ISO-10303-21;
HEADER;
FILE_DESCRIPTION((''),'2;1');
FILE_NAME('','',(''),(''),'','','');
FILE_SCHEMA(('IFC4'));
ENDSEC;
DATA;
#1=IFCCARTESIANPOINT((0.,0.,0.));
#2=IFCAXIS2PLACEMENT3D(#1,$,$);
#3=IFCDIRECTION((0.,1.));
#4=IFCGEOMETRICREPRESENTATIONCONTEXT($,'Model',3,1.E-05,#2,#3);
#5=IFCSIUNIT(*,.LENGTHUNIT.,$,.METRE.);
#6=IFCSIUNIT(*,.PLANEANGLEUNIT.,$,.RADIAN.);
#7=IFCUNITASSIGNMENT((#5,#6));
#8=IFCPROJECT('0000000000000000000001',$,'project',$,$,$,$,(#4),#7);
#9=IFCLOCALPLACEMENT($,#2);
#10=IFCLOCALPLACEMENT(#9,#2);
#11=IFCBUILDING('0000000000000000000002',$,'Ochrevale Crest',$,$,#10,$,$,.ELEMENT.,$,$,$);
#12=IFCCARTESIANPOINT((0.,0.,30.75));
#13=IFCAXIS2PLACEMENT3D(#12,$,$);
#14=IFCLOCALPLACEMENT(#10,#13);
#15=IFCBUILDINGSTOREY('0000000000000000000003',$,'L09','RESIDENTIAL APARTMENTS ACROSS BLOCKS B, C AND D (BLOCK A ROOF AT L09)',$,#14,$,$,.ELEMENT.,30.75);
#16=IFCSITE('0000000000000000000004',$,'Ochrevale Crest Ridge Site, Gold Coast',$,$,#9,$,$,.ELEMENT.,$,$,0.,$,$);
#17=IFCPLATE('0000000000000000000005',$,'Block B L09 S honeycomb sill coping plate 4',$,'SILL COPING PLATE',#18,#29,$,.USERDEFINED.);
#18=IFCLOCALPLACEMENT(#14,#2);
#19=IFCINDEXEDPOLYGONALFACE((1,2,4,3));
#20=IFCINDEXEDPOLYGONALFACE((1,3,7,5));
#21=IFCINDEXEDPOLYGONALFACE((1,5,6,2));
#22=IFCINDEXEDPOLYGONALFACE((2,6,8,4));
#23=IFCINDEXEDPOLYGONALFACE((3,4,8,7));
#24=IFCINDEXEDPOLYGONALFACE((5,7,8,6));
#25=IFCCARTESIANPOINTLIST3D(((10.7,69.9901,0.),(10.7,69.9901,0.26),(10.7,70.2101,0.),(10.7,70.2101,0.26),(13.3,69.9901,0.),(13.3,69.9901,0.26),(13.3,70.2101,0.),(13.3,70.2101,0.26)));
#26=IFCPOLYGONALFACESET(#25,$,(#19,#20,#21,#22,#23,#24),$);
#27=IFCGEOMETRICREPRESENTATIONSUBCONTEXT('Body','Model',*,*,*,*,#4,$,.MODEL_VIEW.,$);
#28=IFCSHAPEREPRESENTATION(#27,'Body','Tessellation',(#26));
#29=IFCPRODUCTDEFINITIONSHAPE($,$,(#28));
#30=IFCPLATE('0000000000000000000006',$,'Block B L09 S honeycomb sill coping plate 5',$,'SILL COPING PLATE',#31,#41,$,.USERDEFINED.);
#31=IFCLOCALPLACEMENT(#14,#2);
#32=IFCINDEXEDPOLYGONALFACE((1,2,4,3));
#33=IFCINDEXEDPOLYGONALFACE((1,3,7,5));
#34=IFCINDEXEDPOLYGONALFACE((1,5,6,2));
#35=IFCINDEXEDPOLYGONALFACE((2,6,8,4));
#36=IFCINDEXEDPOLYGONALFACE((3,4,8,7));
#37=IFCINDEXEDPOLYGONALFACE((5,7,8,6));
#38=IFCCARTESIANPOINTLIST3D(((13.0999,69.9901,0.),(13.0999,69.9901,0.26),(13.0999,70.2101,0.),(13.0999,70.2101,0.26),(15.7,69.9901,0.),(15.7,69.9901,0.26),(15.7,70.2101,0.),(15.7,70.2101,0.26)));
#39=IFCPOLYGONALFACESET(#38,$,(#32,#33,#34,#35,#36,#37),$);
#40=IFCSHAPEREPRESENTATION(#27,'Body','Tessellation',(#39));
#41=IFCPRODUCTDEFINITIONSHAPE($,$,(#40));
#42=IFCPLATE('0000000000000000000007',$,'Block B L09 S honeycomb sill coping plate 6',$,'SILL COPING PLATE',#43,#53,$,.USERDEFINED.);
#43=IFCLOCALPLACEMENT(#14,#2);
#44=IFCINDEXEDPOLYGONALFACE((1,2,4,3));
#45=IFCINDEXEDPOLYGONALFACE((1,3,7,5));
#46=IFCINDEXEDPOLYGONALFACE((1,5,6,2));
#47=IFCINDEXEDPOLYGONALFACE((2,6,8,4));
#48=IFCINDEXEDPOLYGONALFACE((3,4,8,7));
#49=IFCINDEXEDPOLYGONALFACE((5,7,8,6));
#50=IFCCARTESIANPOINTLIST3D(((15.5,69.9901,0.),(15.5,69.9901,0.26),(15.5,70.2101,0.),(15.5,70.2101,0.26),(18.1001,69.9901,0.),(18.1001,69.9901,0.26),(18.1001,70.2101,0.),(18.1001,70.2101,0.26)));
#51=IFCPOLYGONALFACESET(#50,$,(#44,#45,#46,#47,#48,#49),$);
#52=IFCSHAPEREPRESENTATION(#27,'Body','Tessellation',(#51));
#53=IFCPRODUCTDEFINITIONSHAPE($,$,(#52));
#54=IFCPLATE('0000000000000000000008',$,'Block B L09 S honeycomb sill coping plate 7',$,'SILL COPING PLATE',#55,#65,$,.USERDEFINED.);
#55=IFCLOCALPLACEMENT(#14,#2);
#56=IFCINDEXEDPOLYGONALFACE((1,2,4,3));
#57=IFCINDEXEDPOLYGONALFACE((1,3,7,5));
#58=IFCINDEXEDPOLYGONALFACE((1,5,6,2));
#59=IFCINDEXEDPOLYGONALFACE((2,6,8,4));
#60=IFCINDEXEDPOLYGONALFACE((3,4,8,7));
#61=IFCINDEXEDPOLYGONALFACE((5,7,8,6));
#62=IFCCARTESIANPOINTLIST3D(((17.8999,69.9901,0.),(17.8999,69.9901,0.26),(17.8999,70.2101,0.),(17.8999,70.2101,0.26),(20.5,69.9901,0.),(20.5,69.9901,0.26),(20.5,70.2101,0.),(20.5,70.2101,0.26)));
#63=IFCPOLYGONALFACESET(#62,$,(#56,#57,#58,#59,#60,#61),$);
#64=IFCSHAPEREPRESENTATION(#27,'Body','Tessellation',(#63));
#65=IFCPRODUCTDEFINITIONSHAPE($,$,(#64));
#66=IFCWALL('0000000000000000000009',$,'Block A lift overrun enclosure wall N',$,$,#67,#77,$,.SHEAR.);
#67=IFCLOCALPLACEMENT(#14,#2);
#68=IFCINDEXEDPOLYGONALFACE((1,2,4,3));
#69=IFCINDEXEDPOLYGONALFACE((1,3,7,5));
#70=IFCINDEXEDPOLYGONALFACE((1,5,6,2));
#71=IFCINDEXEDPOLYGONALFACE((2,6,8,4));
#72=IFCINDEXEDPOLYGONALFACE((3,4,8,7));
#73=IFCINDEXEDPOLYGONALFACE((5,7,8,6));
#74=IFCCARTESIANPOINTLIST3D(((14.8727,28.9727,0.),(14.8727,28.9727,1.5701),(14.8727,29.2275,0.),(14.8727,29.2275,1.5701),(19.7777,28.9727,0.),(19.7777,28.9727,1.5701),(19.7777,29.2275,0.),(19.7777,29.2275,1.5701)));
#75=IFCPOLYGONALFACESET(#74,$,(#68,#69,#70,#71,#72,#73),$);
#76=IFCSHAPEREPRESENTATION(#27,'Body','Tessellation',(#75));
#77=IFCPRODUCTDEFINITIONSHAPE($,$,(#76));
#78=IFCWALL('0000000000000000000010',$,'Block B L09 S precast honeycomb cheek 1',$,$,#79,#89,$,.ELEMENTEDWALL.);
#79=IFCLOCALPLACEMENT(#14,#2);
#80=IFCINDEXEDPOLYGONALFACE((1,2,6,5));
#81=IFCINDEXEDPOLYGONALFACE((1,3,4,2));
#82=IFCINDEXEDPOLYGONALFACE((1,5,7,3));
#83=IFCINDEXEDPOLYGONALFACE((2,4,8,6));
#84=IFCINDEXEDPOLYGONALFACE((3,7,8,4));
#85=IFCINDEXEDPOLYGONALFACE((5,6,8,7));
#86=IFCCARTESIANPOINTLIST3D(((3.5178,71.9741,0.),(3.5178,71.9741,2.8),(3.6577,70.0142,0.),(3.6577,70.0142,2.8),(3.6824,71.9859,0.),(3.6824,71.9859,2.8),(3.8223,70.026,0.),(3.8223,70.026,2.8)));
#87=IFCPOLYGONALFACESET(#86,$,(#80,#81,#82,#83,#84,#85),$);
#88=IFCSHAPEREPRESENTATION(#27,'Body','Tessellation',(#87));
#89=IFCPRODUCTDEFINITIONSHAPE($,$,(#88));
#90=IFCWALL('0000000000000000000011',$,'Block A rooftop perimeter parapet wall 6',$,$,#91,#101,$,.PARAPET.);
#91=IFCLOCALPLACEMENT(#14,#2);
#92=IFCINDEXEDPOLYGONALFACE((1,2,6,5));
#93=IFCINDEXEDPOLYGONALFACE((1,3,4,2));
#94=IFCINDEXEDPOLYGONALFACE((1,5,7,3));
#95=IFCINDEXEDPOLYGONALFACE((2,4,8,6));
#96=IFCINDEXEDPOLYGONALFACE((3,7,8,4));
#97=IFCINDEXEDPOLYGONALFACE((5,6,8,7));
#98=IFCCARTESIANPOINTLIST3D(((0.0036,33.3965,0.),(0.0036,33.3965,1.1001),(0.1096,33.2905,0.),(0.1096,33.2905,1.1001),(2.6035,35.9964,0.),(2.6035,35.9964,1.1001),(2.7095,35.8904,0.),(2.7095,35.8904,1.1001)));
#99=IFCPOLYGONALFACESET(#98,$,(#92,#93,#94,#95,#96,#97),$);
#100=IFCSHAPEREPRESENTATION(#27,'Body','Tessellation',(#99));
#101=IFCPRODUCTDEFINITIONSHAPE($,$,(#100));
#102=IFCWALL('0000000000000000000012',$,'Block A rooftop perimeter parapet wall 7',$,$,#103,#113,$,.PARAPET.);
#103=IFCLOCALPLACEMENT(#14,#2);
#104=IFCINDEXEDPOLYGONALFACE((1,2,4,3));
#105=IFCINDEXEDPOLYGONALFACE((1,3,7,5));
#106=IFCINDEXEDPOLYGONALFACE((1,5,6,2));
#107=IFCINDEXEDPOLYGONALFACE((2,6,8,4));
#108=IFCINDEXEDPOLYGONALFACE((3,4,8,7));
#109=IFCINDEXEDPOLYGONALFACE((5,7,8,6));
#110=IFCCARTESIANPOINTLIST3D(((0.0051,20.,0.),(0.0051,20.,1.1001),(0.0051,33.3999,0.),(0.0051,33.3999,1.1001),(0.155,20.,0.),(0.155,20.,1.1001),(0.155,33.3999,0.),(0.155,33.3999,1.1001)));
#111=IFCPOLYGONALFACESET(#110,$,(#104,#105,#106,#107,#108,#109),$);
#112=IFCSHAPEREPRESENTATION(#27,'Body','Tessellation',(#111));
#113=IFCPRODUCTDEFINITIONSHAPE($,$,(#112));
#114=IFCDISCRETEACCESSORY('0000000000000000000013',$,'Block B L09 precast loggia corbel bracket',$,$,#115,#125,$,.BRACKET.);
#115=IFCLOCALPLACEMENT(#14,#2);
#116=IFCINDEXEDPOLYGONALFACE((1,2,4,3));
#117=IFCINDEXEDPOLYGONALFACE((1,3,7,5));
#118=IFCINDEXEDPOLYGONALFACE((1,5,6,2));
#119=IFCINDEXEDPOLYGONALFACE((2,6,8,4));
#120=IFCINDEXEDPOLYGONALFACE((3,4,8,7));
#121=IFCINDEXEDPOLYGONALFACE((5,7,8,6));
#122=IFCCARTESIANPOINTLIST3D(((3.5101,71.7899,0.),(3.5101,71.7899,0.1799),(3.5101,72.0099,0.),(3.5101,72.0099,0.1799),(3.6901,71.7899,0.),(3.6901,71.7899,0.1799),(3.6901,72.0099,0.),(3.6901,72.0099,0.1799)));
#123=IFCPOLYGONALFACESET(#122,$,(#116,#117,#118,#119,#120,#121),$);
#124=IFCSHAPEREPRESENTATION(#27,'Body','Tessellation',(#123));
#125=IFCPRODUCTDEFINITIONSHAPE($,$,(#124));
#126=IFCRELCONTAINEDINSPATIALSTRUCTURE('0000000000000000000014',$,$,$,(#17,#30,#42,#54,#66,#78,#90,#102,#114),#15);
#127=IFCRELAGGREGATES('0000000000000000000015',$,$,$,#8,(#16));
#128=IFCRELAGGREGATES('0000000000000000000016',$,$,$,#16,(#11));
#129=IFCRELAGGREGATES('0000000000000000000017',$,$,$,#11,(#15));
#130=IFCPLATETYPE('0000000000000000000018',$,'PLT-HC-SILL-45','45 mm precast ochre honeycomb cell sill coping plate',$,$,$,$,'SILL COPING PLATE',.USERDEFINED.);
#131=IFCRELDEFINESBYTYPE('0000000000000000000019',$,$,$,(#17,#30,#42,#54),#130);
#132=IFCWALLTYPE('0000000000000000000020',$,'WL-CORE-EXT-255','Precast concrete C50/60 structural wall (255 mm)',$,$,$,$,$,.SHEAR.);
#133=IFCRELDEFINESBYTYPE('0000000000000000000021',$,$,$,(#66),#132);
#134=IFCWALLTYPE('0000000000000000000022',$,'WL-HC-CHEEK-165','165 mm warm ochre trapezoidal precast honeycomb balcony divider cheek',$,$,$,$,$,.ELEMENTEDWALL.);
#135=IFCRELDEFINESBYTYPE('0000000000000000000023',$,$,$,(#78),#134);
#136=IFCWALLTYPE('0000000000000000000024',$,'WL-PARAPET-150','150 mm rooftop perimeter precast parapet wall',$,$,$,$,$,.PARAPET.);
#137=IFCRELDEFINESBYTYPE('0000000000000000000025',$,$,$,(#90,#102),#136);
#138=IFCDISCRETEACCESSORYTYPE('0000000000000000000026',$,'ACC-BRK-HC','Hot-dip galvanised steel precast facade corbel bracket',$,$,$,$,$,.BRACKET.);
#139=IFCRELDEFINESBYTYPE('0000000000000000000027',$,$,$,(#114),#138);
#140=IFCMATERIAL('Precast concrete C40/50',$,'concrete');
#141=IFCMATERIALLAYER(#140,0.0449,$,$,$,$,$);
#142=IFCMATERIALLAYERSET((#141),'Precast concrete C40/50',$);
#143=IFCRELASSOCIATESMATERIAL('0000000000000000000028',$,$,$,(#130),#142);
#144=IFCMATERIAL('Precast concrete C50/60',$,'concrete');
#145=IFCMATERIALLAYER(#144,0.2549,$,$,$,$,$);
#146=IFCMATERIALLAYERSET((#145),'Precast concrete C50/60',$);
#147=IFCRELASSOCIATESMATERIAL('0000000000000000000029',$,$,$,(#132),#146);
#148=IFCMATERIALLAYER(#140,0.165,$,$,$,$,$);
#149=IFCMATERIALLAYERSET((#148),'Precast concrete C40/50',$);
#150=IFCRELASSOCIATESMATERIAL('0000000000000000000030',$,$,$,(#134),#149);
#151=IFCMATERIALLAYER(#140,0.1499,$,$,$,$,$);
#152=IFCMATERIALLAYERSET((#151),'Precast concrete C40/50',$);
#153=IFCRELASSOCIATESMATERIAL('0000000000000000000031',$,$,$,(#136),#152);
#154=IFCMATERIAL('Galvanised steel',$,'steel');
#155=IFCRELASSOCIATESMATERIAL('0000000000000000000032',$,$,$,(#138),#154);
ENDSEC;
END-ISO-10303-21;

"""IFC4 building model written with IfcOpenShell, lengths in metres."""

from ifc_helpers import new_model, si_unit, direction, frame, frame_2d, origin, origin_2d, place, context, subcontext, project, spatial, rectangle, extrude, material, layer, layer_set, type_object, element, save


model = new_model("IFC4")

# Units and contexts
model_context = context("Model", 3, precision=1e-05, world=origin(), true_north=direction((0.0, 1.0)))
body_context = subcontext(model_context, "Body", "Model", "MODEL_VIEW")
ifc_project = project(units=[si_unit("LENGTHUNIT", "METRE"), si_unit("PLANEANGLEUNIT", "RADIAN")], contexts=[model_context])

# Site, building, storey
site_placement = place(None, origin())
site = spatial("IfcSite", under=ifc_project, at=site_placement, Name="Ochrevale Crest Ridge Site, Gold Coast", CompositionType="ELEMENT", RefElevation=0.0)
building_placement = place(site_placement, origin())
building = spatial("IfcBuilding", under=site, at=building_placement, Name="Ochrevale Crest", CompositionType="ELEMENT")
storey_placement = place(building_placement, frame((0.0, 0.0, 30.75)))
storey = spatial("IfcBuildingStorey", under=building, at=storey_placement, Name="L09", Description="RESIDENTIAL APARTMENTS ACROSS BLOCKS B, C AND D (BLOCK A ROOF AT L09)", CompositionType="ELEMENT", Elevation=30.75)

# Shared definitions
ifc_material_1 = material(Name="Precast concrete C50/60", Category="concrete")
ifc_material_2 = material(Name="Precast concrete C40/50", Category="concrete")

# Plates
ifc_layer_1 = layer(ifc_material_2, 0.0449)
ifc_layer_set_1 = layer_set([ifc_layer_1], Name="Precast concrete C40/50")
plate_type_1 = type_object("IfcPlateType", Name="PLT-HC-SILL-45", Description="45 mm precast ochre honeycomb cell sill coping plate", ElementType="SILL COPING PLATE", PredefinedType="USERDEFINED", material=ifc_layer_set_1)
for number, where, z_axis, x_axis, name in (
    (1, (12.0, 70.1001, 0.0), (0.0, 0.0, 1.0), (1.0, 0.0, 0.0), "Block B L09 S honeycomb sill coping plate 4"),
    (2, (14.3999, 70.1001, 0.0), (0.0, 0.0, 1.0), (1.0, 0.0, 0.0), "Block B L09 S honeycomb sill coping plate 5"),
    (3, (16.8, 70.1001, 0.0), (0.0, 0.0, 1.0), (1.0, 0.0, 0.0), "Block B L09 S honeycomb sill coping plate 6"),
    (4, (19.2, 70.1001, 0.0), (0.0, 0.0, 1.0), (1.0, 0.0, 0.0), "Block B L09 S honeycomb sill coping plate 7"),
):
    element("IfcPlate", number, at=place(storey_placement, frame(where, z_axis=z_axis, x_axis=x_axis)), inside=storey, type_object=plate_type_1, Name=name, ObjectType="SILL COPING PLATE", PredefinedType="USERDEFINED", context=body_context, shape_type="SweptSolid", body=[
        extrude(rectangle(XDim=2.6001, YDim=0.22, at=origin_2d()), origin(), (0.0, 0.0, 1.0), 0.26),
    ])

# Walls
ifc_layer_2 = layer(ifc_material_1, 0.2549)
ifc_layer_set_2 = layer_set([ifc_layer_2], Name="Precast concrete C50/60")
wall_type_1 = type_object("IfcWallType", Name="WL-CORE-EXT-255", Description="Precast concrete C50/60 structural wall (255 mm)", PredefinedType="SHEAR", material=ifc_layer_set_2)
wall_1_placement = place(storey_placement, frame((14.8726, 29.1001, 0.0), z_axis=(0.0, 0.0, 1.0), x_axis=(1.0, 0.0, 0.0)))
element("IfcWall", 5, at=wall_1_placement, inside=storey, type_object=wall_type_1, Name="Block A lift overrun enclosure wall N", PredefinedType="SHEAR", context=body_context, shape_type="SweptSolid", body=[
    extrude(rectangle(XDim=4.905, YDim=0.2549, at=frame_2d((2.4526, 0.0))), origin(), (0.0, 0.0, 1.0), 1.5701),
])
ifc_layer_3 = layer(ifc_material_2, 0.165)
ifc_layer_set_3 = layer_set([ifc_layer_3], Name="Precast concrete C40/50")
wall_type_2 = type_object("IfcWallType", Name="WL-HC-CHEEK-165", Description="165 mm warm ochre trapezoidal precast honeycomb balcony divider cheek", PredefinedType="ELEMENTEDWALL", material=ifc_layer_set_3)
wall_2_placement = place(storey_placement, frame((3.6001, 71.98, 0.0), z_axis=(0.0, 0.0, 1.0), x_axis=(0.071194, -0.997462, 0.0)))
element("IfcWall", 6, at=wall_2_placement, inside=storey, type_object=wall_type_2, Name="Block B L09 S precast honeycomb cheek 1", PredefinedType="ELEMENTEDWALL", context=body_context, shape_type="SweptSolid", body=[
    extrude(rectangle(XDim=1.9648, YDim=0.165, at=frame_2d((0.9824, 0.0))), origin(), (0.0, 0.0, 1.0), 2.8),
])
ifc_layer_4 = layer(ifc_material_2, 0.1499)
ifc_layer_set_4 = layer_set([ifc_layer_4], Name="Precast concrete C40/50")
wall_type_3 = type_object("IfcWallType", Name="WL-PARAPET-150", Description="150 mm rooftop perimeter precast parapet wall", PredefinedType="PARAPET", material=ifc_layer_set_4)
wall_3_placement = place(storey_placement, frame((2.6565, 35.9434, 0.0), z_axis=(0.0, 0.0, 1.0), x_axis=(-0.707107, -0.707107, 0.0)))
element("IfcWall", 7, at=wall_3_placement, inside=storey, type_object=wall_type_3, Name="Block A rooftop perimeter parapet wall 6", PredefinedType="PARAPET", context=body_context, shape_type="SweptSolid", body=[
    extrude(rectangle(XDim=3.6768, YDim=0.1499, at=frame_2d((1.8384, 0.0))), origin(), (0.0, 0.0, 1.0), 1.1001),
])
wall_4_placement = place(storey_placement, frame((0.0801, 33.3999, 0.0), z_axis=(0.0, 0.0, 1.0), x_axis=(0.0, -1.0, 0.0)))
element("IfcWall", 8, at=wall_4_placement, inside=storey, type_object=wall_type_3, Name="Block A rooftop perimeter parapet wall 7", PredefinedType="PARAPET", context=body_context, shape_type="SweptSolid", body=[
    extrude(rectangle(XDim=13.3999, YDim=0.1499, at=frame_2d((6.7, 0.0))), origin(), (0.0, 0.0, 1.0), 1.1001),
])

# Shared definitions
ifc_material_3 = material(Name="Galvanised steel", Category="steel")

# Discrete accessory
discrete_accessory_type = type_object("IfcDiscreteAccessoryType", Name="ACC-BRK-HC", Description="Hot-dip galvanised steel precast facade corbel bracket", PredefinedType="BRACKET", material=ifc_material_3)
discrete_accessory_placement = place(storey_placement, frame((3.6001, 71.8999, 0.0), z_axis=(0.0, 0.0, 1.0), x_axis=(1.0, 0.0, 0.0)))
element("IfcDiscreteAccessory", 9, at=discrete_accessory_placement, inside=storey, type_object=discrete_accessory_type, Name="Block B L09 precast loggia corbel bracket", PredefinedType="BRACKET", context=body_context, shape_type="SweptSolid", body=[
    extrude(rectangle(XDim=0.1799, YDim=0.22, at=origin_2d()), origin(), (0.0, 0.0, 1.0), 0.1799),
])

save(model, "model.ifc")
